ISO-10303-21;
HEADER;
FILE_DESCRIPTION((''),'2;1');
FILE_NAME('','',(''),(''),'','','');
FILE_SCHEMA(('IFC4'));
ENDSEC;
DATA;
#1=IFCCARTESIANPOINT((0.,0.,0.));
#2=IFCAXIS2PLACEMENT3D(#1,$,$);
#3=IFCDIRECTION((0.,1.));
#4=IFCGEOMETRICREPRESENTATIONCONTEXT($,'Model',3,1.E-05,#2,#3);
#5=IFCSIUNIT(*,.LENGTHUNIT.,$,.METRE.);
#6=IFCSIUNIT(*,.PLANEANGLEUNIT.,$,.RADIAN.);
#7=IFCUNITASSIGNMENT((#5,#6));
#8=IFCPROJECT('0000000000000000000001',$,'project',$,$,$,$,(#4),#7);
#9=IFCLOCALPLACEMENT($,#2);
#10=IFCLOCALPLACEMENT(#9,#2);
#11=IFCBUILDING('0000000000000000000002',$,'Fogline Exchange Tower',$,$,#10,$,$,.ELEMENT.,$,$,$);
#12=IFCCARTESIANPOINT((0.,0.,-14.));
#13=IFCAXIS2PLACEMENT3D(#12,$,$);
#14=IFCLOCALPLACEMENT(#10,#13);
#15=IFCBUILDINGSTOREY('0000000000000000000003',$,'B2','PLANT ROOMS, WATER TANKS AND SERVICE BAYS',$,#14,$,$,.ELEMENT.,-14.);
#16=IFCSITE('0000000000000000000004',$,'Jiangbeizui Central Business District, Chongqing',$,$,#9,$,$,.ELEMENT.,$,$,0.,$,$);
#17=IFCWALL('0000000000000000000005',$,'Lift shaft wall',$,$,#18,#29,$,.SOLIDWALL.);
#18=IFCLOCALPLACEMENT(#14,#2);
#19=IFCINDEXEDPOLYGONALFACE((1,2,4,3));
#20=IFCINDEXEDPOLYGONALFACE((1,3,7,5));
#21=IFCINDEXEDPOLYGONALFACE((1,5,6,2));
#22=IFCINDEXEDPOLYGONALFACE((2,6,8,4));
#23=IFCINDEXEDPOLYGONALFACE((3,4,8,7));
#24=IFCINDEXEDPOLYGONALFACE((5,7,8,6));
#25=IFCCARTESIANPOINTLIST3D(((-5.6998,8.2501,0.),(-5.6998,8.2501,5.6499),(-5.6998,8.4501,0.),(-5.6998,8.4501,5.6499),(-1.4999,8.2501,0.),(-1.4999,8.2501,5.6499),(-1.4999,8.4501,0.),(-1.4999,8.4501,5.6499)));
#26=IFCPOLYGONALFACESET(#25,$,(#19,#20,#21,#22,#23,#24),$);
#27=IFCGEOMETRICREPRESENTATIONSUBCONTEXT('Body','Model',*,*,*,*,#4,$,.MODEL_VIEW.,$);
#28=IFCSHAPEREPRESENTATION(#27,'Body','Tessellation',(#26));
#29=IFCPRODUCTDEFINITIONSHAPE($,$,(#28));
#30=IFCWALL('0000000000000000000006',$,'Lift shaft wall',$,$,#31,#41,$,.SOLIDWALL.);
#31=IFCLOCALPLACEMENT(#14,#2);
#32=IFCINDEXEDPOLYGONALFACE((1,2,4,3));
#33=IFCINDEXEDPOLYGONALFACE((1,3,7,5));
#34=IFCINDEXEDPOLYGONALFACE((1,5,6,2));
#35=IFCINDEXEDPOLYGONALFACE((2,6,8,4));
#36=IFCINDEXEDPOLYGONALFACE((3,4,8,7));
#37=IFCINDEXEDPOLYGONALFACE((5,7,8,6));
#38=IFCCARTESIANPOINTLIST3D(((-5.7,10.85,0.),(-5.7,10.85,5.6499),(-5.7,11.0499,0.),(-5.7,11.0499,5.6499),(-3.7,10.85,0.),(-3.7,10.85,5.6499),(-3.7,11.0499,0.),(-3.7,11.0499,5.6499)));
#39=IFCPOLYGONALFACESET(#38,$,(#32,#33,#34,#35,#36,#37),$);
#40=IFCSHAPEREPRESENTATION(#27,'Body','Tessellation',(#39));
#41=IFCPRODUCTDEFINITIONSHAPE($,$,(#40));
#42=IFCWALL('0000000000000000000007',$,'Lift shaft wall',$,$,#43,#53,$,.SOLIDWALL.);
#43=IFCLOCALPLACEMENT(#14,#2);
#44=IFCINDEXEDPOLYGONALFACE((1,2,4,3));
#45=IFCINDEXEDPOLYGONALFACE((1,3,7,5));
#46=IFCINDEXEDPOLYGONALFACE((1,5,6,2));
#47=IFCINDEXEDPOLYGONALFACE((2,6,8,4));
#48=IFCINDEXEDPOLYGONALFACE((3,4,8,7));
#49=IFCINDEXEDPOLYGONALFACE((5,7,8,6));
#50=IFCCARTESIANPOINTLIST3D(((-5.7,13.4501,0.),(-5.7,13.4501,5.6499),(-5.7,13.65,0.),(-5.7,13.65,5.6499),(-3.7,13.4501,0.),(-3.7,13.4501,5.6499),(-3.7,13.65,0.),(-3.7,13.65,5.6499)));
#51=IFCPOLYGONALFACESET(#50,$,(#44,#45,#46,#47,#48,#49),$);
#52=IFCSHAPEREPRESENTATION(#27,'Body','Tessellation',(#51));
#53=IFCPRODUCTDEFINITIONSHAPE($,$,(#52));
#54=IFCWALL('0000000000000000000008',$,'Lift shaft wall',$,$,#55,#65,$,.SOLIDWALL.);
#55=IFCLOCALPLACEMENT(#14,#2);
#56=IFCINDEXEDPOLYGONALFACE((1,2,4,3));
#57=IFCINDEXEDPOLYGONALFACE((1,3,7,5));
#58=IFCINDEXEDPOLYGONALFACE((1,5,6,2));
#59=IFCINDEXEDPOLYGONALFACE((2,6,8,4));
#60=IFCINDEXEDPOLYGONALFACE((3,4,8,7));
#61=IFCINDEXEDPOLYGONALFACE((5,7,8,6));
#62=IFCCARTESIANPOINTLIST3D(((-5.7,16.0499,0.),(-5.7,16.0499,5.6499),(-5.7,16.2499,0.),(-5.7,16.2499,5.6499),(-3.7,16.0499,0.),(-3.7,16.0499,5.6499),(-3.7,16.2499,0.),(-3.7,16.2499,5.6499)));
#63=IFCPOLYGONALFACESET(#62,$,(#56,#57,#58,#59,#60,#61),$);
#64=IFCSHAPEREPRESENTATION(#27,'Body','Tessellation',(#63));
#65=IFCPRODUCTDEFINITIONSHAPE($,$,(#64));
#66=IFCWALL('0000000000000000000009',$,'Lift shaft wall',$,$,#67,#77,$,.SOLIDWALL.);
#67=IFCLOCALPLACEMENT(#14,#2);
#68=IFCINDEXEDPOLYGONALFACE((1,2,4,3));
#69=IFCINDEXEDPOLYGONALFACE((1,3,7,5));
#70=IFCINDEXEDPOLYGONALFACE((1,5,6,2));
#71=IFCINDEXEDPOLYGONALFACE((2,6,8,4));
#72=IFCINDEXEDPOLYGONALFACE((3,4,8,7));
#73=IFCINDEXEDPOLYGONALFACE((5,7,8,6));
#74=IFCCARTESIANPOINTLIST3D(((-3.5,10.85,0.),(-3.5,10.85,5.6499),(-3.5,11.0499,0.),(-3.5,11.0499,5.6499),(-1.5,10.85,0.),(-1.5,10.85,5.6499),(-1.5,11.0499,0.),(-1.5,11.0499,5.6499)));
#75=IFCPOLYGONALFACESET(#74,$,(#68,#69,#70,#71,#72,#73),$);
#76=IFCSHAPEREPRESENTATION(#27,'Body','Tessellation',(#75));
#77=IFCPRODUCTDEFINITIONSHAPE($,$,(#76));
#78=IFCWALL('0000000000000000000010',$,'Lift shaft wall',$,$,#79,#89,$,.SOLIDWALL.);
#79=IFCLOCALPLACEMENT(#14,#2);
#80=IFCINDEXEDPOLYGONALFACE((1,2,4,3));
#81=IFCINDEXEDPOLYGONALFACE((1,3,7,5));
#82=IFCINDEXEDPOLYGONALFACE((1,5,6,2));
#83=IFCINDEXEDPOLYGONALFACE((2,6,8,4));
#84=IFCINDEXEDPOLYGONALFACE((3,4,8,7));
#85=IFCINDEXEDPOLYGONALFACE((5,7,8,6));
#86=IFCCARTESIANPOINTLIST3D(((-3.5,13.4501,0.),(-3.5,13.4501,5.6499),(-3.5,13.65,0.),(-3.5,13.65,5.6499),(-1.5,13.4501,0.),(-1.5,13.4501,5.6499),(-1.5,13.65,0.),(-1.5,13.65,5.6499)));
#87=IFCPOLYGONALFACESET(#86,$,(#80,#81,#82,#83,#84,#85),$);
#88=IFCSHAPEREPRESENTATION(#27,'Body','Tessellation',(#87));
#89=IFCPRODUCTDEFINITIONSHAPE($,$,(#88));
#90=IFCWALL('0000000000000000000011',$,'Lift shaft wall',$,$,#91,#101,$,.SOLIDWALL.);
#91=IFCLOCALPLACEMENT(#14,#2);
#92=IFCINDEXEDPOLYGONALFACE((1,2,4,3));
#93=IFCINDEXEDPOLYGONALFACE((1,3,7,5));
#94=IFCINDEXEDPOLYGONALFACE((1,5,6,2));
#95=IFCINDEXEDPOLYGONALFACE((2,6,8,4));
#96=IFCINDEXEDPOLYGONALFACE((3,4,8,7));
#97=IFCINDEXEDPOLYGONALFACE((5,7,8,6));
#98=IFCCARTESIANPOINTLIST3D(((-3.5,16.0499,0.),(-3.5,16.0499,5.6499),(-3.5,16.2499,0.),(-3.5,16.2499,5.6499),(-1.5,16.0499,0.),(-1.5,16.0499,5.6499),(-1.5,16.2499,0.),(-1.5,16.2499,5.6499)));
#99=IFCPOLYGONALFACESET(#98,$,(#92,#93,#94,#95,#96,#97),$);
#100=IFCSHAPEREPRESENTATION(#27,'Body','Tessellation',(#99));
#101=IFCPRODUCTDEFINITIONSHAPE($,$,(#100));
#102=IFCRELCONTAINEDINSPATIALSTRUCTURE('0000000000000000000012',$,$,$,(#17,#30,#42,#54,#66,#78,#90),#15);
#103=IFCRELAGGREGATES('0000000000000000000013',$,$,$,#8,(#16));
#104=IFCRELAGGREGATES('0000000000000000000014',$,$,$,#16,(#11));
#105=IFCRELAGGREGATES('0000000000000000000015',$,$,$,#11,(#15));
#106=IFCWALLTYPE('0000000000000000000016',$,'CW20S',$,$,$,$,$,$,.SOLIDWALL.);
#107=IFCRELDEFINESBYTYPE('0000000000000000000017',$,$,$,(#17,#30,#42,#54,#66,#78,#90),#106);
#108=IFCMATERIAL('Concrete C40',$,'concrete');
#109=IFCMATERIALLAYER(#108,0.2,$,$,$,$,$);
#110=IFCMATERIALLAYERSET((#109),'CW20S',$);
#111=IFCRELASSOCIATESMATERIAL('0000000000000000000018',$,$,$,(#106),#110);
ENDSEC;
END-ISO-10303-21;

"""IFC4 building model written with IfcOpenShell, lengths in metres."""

from ifc_helpers import new_model, si_unit, direction, frame, frame_2d, origin, place, context, subcontext, project, spatial, rectangle, extrude, material, layer, layer_set, type_object, element, save


model = new_model("IFC4")

# Units and contexts
model_context = context("Model", 3, precision=1e-05, world=origin(), true_north=direction((0.0, 1.0)))
body_context = subcontext(model_context, "Body", "Model", "MODEL_VIEW")
ifc_project = project(units=[si_unit("LENGTHUNIT", "METRE"), si_unit("PLANEANGLEUNIT", "RADIAN")], contexts=[model_context])

# Site, building, storey
site_placement = place(None, origin())
site = spatial("IfcSite", under=ifc_project, at=site_placement, Name="Jiangbeizui Central Business District, Chongqing", CompositionType="ELEMENT", RefElevation=0.0)
building_placement = place(site_placement, origin())
building = spatial("IfcBuilding", under=site, at=building_placement, Name="Fogline Exchange Tower", CompositionType="ELEMENT")
storey_placement = place(building_placement, frame((0.0, 0.0, -14.0)))
storey = spatial("IfcBuildingStorey", under=building, at=storey_placement, Name="B2", Description="PLANT ROOMS, WATER TANKS AND SERVICE BAYS", CompositionType="ELEMENT", Elevation=-14.0)

# Shared definitions
ifc_material_1 = material(Name="Concrete C40", Category="concrete")

# Shared definitions
ifc_layer_1 = layer(ifc_material_1, 0.2)
ifc_layer_set_1 = layer_set([ifc_layer_1], Name="CW20S")
wall_type_1 = type_object("IfcWallType", Name="CW20S", PredefinedType="SOLIDWALL", material=ifc_layer_set_1)

# Walls
wall_1_placement = place(storey_placement, frame((-5.7, 8.3501, 0.0), z_axis=(0.0, 0.0, 1.0), x_axis=(1.0, 0.0, 0.0)))
element("IfcWall", 1, at=wall_1_placement, inside=storey, type_object=wall_type_1, Name="Lift shaft wall", PredefinedType="SOLIDWALL", context=body_context, shape_type="SweptSolid", body=[
    extrude(rectangle(XDim=4.2, YDim=0.2, at=frame_2d((2.1001, 0.0))), origin(), (0.0, 0.0, 1.0), 5.6499),
])
for number, where, z_axis, x_axis, name in (
    (2, (-5.7, 10.95, 0.0), (0.0, 0.0, 1.0), (1.0, 0.0, 0.0), "Lift shaft wall"),
    (3, (-5.7, 13.55, 0.0), (0.0, 0.0, 1.0), (1.0, 0.0, 0.0), "Lift shaft wall"),
    (4, (-5.7, 16.1499, 0.0), (0.0, 0.0, 1.0), (1.0, 0.0, 0.0), "Lift shaft wall"),
    (5, (-3.5, 10.95, 0.0), (0.0, 0.0, 1.0), (1.0, 0.0, 0.0), "Lift shaft wall"),
    (6, (-3.5, 13.55, 0.0), (0.0, 0.0, 1.0), (1.0, 0.0, 0.0), "Lift shaft wall"),
    (7, (-3.5, 16.1499, 0.0), (0.0, 0.0, 1.0), (1.0, 0.0, 0.0), "Lift shaft wall"),
):
    element("IfcWall", number, at=place(storey_placement, frame(where, z_axis=z_axis, x_axis=x_axis)), inside=storey, type_object=wall_type_1, Name=name, PredefinedType="SOLIDWALL", context=body_context, shape_type="SweptSolid", body=[
        extrude(rectangle(XDim=2.0, YDim=0.2, at=frame_2d((1.0, 0.0))), origin(), (0.0, 0.0, 1.0), 5.6499),
    ])

save(model, "model.ifc")
